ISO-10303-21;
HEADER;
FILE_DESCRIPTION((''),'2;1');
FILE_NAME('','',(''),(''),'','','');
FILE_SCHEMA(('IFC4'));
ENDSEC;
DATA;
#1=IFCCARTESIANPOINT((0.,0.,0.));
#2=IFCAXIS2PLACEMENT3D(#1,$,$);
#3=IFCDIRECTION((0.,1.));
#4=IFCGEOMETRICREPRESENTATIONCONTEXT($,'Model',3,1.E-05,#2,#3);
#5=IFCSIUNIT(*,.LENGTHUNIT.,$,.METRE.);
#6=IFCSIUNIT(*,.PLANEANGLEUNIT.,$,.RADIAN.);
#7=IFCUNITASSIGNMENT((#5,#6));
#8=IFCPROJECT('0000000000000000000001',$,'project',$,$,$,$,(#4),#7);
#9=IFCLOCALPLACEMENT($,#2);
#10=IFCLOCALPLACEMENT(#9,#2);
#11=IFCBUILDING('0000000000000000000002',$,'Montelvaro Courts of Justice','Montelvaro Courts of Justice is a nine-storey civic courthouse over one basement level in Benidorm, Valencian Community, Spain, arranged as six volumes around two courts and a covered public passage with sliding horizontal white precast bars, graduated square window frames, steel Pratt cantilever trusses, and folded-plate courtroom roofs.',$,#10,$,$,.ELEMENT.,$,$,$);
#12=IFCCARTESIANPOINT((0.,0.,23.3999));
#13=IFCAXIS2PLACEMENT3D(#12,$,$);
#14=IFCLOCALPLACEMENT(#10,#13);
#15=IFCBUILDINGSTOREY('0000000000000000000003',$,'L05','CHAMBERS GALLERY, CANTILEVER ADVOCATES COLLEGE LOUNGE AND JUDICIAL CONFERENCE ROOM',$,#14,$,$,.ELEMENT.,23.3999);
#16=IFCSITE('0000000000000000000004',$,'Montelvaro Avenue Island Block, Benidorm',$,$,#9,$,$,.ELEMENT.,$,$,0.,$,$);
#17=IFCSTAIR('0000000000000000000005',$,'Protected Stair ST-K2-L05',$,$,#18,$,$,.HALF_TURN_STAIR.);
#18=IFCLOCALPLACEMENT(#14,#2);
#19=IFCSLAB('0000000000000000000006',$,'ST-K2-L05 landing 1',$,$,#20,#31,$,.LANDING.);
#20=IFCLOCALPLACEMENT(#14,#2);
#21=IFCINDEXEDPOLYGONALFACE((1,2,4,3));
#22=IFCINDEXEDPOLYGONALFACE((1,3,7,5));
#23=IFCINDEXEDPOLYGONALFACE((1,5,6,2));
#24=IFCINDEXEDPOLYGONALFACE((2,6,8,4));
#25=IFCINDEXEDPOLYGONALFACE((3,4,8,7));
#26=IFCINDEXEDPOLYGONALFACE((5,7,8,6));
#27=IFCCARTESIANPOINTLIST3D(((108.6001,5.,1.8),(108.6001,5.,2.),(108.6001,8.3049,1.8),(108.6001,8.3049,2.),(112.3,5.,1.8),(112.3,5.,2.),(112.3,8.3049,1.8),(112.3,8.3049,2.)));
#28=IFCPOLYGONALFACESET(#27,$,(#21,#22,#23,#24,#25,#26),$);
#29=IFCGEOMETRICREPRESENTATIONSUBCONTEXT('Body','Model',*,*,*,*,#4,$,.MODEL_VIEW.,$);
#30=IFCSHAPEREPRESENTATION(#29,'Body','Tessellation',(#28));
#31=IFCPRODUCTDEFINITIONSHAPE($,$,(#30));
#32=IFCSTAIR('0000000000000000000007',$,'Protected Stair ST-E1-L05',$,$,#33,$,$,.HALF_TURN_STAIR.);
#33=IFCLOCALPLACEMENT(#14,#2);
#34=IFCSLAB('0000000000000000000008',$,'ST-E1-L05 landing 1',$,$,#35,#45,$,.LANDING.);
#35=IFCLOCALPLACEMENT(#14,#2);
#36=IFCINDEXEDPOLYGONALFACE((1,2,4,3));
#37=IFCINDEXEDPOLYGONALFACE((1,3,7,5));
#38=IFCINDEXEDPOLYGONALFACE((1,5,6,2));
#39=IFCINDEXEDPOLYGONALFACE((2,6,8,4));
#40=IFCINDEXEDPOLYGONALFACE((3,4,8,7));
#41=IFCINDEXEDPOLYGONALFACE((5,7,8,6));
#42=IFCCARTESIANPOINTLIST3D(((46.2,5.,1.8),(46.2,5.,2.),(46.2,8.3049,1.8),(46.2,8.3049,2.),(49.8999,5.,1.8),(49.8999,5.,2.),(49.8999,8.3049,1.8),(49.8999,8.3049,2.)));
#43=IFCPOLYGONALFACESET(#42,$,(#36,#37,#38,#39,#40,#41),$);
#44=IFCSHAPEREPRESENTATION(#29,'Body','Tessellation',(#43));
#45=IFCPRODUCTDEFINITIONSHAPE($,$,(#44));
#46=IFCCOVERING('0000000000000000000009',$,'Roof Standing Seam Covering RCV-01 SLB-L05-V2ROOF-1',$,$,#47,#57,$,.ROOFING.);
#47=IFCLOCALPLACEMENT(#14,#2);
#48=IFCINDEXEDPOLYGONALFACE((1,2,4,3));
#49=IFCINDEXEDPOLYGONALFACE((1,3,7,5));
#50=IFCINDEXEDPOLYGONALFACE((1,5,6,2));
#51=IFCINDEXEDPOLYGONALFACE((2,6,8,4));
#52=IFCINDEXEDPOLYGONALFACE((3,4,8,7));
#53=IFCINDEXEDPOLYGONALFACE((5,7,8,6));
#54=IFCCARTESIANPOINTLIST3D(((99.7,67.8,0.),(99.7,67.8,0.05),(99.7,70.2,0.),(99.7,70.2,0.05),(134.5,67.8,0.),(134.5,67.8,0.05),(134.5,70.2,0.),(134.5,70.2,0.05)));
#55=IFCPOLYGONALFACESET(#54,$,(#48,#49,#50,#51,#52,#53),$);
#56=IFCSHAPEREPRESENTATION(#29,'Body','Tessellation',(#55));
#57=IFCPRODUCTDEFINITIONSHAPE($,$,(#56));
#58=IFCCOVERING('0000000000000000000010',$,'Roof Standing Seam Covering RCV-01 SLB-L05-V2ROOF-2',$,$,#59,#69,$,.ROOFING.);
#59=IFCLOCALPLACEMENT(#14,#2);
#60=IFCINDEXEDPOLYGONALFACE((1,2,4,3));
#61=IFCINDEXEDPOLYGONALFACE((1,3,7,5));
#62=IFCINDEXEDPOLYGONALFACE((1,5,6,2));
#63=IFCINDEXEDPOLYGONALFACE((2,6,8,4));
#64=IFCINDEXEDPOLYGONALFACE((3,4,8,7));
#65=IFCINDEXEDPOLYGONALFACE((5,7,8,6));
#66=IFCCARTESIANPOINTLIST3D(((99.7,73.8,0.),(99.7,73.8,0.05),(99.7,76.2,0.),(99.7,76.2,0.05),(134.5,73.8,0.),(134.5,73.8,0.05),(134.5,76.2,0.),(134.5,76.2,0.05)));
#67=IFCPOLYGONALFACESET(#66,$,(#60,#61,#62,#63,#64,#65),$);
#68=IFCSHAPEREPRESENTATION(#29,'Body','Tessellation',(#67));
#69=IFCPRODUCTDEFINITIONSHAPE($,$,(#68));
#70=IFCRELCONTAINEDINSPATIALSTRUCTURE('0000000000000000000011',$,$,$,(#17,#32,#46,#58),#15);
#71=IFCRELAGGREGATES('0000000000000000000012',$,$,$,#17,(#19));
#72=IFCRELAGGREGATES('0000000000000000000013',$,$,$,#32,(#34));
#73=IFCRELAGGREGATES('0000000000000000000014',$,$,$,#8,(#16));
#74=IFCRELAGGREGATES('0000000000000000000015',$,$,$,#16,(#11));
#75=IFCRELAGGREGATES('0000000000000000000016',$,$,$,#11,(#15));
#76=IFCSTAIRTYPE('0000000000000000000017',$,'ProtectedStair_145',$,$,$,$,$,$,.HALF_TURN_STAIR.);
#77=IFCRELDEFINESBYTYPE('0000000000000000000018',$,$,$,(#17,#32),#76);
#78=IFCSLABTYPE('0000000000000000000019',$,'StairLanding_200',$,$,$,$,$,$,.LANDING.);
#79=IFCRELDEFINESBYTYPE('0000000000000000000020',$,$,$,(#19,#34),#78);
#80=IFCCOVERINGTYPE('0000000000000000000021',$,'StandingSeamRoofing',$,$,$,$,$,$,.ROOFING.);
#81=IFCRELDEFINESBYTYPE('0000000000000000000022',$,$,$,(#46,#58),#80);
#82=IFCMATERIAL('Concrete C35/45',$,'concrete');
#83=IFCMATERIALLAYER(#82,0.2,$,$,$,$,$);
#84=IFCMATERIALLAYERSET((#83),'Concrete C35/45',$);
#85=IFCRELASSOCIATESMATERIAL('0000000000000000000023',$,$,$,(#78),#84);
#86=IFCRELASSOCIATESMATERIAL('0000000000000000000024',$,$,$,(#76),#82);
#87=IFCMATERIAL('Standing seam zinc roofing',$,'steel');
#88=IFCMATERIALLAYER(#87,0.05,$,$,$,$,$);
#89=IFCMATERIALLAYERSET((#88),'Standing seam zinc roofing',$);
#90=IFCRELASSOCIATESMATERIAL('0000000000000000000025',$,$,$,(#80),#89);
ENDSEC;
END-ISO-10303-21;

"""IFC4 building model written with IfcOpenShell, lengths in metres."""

from ifc_helpers import new_model, si_unit, direction, frame, origin, place, context, subcontext, project, spatial, polyline, outline, extrude, material, layer, layer_set, type_object, element, aggregate, save


model = new_model("IFC4")

# Units and contexts
model_context = context("Model", 3, precision=1e-05, world=origin(), true_north=direction((0.0, 1.0)))
body_context = subcontext(model_context, "Body", "Model", "MODEL_VIEW")
ifc_project = project(units=[si_unit("LENGTHUNIT", "METRE"), si_unit("PLANEANGLEUNIT", "RADIAN")], contexts=[model_context])

# Site, building, storey
site_placement = place(None, origin())
site = spatial("IfcSite", under=ifc_project, at=site_placement, Name="Montelvaro Avenue Island Block, Benidorm", CompositionType="ELEMENT", RefElevation=0.0)
building_placement = place(site_placement, origin())
building = spatial("IfcBuilding", under=site, at=building_placement, Name="Montelvaro Courts of Justice", Description="Montelvaro Courts of Justice is a nine-storey civic courthouse over one basement level in Benidorm, Valencian Community, Spain, arranged as six volumes around two courts and a covered public passage with sliding horizontal white precast bars, graduated square window frames, steel Pratt cantilever trusses, and folded-plate courtroom roofs.", CompositionType="ELEMENT")
storey_placement = place(building_placement, frame((0.0, 0.0, 23.3999)))
storey = spatial("IfcBuildingStorey", under=building, at=storey_placement, Name="L05", Description="CHAMBERS GALLERY, CANTILEVER ADVOCATES COLLEGE LOUNGE AND JUDICIAL CONFERENCE ROOM", CompositionType="ELEMENT", Elevation=23.3999)

# Shared definitions
ifc_material_1 = material(Name="Concrete C35/45", Category="concrete")

# Stairs, slabs
ifc_layer_1 = layer(ifc_material_1, 0.2)
ifc_layer_set_1 = layer_set([ifc_layer_1], Name="Concrete C35/45")
slab_type_1 = type_object("IfcSlabType", Name="StairLanding_200", PredefinedType="LANDING", material=ifc_layer_set_1)
stair_type_1 = type_object("IfcStairType", Name="ProtectedStair_145", PredefinedType="HALF_TURN_STAIR", material=ifc_material_1)
stair_1_placement = place(storey_placement, origin())
stair_1 = element("IfcStair", 1, at=stair_1_placement, inside=storey, type_object=stair_type_1, Name="Protected Stair ST-K2-L05", PredefinedType="HALF_TURN_STAIR")
slab_1_placement = place(storey_placement, frame((0.0, 0.0, 1.8)))
slab_1 = element("IfcSlab", 2, at=slab_1_placement, type_object=slab_type_1, Name="ST-K2-L05 landing 1", PredefinedType="LANDING", context=body_context, shape_type="SweptSolid", body=[
    extrude(outline(polyline([(108.6001, 5.0), (112.3, 5.0), (112.3, 8.3049), (108.6001, 8.3049), (108.6001, 5.0)])), origin(), (0.0, 0.0, 1.0), 0.2),
])
aggregate(stair_1, [slab_1])
stair_2_placement = place(storey_placement, origin())
stair_2 = element("IfcStair", 3, at=stair_2_placement, inside=storey, type_object=stair_type_1, Name="Protected Stair ST-E1-L05", PredefinedType="HALF_TURN_STAIR")
slab_2_placement = place(storey_placement, frame((0.0, 0.0, 1.8)))
slab_2 = element("IfcSlab", 4, at=slab_2_placement, type_object=slab_type_1, Name="ST-E1-L05 landing 1", PredefinedType="LANDING", context=body_context, shape_type="SweptSolid", body=[
    extrude(outline(polyline([(46.2, 5.0), (49.8999, 5.0), (49.8999, 8.3049), (46.2, 8.3049), (46.2, 5.0)])), origin(), (0.0, 0.0, 1.0), 0.2),
])
aggregate(stair_2, [slab_2])

# Coverings
ifc_material_2 = material(Name="Standing seam zinc roofing", Category="steel")
ifc_layer_2 = layer(ifc_material_2, 0.05)
ifc_layer_set_2 = layer_set([ifc_layer_2], Name="Standing seam zinc roofing")
covering_type = type_object("IfcCoveringType", Name="StandingSeamRoofing", PredefinedType="ROOFING", material=ifc_layer_set_2)
covering_1_placement = place(storey_placement, origin())
element("IfcCovering", 5, at=covering_1_placement, inside=storey, type_object=covering_type, Name="Roof Standing Seam Covering RCV-01 SLB-L05-V2ROOF-1", PredefinedType="ROOFING", context=body_context, shape_type="SweptSolid", body=[
    extrude(outline(polyline([(99.7, 67.8), (134.5, 67.8), (134.5, 70.2), (99.7, 70.2), (99.7, 67.8)])), origin(), (0.0, 0.0, 1.0), 0.05),
])
covering_2_placement = place(storey_placement, origin())
element("IfcCovering", 6, at=covering_2_placement, inside=storey, type_object=covering_type, Name="Roof Standing Seam Covering RCV-01 SLB-L05-V2ROOF-2", PredefinedType="ROOFING", context=body_context, shape_type="SweptSolid", body=[
    extrude(outline(polyline([(99.7, 73.8), (134.5, 73.8), (134.5, 76.2), (99.7, 76.2), (99.7, 73.8)])), origin(), (0.0, 0.0, 1.0), 0.05),
])

save(model, "model.ifc")
